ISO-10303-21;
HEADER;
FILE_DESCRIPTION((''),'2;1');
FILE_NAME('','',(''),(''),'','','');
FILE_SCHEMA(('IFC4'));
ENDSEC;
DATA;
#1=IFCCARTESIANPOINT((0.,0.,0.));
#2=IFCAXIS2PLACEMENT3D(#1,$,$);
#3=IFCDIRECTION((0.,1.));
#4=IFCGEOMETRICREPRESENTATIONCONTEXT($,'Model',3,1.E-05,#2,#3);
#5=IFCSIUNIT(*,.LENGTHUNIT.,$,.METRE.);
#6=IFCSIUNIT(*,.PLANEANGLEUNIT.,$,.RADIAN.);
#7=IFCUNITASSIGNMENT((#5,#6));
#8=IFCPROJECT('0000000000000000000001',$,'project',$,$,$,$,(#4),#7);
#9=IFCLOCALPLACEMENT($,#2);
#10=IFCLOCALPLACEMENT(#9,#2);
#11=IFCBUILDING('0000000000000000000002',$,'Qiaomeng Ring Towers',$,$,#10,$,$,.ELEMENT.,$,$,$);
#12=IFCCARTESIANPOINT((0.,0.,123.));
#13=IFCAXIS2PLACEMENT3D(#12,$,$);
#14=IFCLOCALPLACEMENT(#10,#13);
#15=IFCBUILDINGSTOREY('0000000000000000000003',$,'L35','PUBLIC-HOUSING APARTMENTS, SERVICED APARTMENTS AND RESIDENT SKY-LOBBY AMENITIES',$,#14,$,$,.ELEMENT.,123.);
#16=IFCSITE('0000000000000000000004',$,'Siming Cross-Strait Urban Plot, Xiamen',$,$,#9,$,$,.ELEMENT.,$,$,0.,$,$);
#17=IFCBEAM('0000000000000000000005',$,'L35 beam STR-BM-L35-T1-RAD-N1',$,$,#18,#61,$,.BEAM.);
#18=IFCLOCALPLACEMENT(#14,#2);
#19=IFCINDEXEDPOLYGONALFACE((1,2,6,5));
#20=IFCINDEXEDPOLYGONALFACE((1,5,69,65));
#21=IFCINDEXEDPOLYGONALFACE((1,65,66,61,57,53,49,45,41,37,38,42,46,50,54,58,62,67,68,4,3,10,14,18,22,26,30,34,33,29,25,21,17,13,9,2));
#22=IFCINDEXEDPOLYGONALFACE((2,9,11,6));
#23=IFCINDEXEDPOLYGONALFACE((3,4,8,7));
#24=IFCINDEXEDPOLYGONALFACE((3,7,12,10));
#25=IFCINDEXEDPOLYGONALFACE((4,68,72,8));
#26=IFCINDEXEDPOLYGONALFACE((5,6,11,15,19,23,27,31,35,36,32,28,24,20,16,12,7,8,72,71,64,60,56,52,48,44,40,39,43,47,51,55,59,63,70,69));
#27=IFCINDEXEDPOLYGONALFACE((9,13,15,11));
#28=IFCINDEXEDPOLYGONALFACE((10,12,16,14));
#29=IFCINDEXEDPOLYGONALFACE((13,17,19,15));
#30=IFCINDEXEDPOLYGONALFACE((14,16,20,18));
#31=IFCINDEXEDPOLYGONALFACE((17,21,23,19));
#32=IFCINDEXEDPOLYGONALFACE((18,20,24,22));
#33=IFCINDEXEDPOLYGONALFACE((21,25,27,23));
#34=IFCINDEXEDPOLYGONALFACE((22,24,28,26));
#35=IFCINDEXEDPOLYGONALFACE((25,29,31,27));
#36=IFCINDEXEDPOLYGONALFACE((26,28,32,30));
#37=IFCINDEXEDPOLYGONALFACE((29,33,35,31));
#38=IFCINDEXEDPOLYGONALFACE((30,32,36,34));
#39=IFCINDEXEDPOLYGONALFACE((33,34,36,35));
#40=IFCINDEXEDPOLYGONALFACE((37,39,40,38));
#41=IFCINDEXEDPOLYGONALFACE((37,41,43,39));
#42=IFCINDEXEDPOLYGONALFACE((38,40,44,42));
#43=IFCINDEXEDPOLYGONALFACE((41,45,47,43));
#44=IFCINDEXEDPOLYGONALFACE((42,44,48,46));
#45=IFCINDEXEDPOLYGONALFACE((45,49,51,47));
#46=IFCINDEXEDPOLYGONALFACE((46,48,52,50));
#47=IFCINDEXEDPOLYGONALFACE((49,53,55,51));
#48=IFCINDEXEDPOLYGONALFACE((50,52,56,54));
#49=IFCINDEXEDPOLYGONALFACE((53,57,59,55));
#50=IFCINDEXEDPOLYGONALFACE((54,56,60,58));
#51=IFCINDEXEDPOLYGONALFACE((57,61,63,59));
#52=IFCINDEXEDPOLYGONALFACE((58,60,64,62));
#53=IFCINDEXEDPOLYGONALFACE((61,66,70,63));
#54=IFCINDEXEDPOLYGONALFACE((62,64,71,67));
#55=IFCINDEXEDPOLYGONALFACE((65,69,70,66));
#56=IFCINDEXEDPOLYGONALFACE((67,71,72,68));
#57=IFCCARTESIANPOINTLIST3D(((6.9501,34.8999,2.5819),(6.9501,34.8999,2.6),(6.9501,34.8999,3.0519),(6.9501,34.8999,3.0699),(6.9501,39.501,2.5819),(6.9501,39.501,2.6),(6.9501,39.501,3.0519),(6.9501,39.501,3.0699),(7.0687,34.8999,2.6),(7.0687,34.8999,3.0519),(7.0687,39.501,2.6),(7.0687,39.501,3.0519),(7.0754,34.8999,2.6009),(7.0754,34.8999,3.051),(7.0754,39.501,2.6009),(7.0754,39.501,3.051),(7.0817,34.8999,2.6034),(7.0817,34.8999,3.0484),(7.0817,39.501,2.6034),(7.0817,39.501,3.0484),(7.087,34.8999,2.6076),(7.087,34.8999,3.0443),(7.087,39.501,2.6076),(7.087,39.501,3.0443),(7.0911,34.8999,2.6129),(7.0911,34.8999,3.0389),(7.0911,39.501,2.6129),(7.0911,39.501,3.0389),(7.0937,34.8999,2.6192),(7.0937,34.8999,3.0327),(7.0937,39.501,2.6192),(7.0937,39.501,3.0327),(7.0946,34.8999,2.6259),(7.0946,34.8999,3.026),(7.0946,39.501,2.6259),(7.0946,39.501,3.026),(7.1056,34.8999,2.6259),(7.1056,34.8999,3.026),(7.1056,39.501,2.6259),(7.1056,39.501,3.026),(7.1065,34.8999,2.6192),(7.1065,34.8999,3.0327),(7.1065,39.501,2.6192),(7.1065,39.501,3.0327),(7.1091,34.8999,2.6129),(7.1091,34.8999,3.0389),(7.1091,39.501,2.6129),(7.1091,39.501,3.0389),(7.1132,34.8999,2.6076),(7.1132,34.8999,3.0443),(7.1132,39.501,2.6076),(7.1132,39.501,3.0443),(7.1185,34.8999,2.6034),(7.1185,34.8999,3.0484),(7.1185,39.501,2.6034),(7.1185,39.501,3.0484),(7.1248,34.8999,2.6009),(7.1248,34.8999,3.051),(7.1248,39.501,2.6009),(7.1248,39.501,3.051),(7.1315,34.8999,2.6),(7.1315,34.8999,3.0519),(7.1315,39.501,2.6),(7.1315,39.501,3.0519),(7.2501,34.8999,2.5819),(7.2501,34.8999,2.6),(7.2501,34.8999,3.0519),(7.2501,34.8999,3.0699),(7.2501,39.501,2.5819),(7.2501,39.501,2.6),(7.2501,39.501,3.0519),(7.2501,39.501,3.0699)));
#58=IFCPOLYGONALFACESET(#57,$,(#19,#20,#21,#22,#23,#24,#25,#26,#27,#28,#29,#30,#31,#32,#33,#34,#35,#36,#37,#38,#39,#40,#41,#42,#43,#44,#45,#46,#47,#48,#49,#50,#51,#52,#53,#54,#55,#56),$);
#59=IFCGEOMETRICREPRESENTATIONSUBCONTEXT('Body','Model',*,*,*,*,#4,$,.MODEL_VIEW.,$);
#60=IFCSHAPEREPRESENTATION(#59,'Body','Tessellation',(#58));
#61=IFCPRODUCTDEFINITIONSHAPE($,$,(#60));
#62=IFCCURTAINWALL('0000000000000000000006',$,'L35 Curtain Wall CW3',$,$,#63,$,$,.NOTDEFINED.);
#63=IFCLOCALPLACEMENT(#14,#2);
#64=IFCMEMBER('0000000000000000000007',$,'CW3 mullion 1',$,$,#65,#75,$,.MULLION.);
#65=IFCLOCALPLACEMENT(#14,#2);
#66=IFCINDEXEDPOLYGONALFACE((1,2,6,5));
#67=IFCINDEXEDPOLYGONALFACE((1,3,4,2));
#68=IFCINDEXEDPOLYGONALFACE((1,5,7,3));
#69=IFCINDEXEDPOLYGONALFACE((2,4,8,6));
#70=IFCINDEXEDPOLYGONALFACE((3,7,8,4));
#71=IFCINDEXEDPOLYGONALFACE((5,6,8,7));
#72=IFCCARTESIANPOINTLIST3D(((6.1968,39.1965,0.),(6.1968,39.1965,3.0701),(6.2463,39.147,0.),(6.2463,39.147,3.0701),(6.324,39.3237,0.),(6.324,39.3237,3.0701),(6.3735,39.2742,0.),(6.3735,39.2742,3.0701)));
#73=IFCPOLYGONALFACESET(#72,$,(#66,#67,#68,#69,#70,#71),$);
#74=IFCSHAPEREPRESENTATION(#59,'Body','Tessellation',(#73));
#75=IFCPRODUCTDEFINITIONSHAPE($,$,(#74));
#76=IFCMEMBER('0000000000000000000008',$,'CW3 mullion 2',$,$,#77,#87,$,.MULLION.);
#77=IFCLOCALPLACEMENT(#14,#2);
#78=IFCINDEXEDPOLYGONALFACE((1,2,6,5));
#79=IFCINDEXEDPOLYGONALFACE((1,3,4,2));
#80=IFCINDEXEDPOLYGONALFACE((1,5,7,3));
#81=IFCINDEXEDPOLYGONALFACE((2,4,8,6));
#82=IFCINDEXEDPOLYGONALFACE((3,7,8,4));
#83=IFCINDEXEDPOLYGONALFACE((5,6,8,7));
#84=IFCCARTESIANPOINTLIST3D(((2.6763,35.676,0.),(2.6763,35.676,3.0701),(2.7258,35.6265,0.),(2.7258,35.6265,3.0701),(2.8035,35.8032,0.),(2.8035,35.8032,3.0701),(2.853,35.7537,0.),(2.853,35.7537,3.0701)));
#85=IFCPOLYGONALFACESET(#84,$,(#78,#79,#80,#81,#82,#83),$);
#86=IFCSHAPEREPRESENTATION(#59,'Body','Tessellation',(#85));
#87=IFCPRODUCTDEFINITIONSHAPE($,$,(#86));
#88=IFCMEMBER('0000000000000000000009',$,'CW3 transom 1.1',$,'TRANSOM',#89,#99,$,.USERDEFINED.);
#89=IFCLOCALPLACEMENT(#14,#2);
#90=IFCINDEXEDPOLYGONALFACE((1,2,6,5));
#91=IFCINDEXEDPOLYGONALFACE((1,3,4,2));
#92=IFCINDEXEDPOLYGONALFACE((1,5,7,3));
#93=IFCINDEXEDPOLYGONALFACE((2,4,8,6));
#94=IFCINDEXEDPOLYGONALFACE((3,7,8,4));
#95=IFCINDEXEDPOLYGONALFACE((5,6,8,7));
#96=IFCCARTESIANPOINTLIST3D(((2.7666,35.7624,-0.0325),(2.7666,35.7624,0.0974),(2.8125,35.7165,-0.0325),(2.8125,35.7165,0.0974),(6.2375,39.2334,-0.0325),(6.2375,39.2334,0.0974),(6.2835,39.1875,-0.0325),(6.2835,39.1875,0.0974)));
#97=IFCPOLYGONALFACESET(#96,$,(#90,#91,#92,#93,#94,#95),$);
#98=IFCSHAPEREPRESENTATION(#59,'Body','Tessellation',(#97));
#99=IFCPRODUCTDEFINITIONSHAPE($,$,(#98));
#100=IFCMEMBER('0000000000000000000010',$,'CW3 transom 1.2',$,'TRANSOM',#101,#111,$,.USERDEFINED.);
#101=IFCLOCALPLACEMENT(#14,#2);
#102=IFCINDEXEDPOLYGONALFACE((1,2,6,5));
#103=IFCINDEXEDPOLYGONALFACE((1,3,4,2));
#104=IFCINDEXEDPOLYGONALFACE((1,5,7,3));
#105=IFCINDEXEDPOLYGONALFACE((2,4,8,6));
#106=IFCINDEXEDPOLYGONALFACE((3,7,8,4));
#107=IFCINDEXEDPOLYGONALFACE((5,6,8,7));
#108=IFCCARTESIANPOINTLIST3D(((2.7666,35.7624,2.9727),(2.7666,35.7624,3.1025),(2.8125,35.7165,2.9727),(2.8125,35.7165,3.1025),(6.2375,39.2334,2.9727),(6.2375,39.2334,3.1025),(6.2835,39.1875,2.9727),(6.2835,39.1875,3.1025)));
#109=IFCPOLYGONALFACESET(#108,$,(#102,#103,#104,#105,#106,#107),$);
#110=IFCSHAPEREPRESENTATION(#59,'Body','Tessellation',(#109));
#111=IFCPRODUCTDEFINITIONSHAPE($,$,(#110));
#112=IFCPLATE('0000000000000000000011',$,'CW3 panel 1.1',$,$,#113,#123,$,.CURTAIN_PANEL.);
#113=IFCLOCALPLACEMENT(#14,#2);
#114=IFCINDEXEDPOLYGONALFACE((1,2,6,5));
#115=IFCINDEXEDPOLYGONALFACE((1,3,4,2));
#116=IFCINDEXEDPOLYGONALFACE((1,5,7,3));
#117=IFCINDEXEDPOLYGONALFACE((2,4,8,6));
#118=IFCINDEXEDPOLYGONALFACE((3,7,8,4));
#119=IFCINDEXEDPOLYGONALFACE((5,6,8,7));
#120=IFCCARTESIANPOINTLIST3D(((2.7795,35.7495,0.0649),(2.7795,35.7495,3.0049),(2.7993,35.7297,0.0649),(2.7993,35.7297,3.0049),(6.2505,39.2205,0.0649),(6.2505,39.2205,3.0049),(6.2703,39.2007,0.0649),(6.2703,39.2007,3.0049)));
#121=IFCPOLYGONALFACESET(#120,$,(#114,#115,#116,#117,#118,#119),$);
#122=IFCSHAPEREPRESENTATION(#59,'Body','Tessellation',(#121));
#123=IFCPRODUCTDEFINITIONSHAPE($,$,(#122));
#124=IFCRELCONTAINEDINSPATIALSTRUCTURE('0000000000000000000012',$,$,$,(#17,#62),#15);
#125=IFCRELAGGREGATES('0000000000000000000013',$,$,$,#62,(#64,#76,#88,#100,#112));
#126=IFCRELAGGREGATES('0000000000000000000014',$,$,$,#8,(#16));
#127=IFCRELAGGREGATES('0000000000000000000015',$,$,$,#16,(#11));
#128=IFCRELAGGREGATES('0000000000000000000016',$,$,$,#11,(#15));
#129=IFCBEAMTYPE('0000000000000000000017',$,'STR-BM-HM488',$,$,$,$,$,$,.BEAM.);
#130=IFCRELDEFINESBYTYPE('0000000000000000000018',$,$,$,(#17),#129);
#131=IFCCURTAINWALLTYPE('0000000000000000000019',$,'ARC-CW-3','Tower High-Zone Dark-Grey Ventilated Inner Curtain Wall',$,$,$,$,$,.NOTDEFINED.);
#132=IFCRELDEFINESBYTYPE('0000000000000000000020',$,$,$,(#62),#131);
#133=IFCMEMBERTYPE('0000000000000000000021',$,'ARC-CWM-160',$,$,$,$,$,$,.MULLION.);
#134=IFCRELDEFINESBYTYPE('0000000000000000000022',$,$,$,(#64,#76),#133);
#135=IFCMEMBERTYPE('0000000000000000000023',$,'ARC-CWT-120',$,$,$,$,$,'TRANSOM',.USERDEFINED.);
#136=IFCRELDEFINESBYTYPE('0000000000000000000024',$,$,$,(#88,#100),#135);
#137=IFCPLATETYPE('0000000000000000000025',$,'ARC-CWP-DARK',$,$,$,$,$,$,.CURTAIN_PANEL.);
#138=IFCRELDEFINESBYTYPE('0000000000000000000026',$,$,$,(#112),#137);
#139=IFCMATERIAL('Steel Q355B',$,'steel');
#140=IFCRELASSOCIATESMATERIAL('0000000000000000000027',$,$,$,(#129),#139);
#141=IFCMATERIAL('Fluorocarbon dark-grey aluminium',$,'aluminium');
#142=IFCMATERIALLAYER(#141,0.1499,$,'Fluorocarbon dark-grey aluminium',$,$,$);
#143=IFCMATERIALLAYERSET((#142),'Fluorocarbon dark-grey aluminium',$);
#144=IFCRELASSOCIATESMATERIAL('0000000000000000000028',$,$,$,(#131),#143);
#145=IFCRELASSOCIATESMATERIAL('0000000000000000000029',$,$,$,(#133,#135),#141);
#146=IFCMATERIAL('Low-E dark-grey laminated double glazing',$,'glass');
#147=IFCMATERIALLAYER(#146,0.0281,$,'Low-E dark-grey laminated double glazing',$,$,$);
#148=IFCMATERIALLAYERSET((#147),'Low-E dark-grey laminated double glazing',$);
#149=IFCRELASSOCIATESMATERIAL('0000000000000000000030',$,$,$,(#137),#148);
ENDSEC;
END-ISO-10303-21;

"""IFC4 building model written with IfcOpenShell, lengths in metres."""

from ifc_helpers import new_model, si_unit, direction, frame, origin, origin_2d, place, context, subcontext, project, spatial, rectangle, i_section, extrude, source, transform, mapped, material, layer, layer_set, material_profile, profile_set, type_object, element, aggregate, save


model = new_model("IFC4")

# Units and contexts
model_context = context("Model", 3, precision=1e-05, world=origin(), true_north=direction((0.0, 1.0)))
body_context = subcontext(model_context, "Body", "Model", "MODEL_VIEW")
ifc_project = project(units=[si_unit("LENGTHUNIT", "METRE"), si_unit("PLANEANGLEUNIT", "RADIAN")], contexts=[model_context])

# Site, building, storey
site_placement = place(None, origin())
site = spatial("IfcSite", under=ifc_project, at=site_placement, Name="Siming Cross-Strait Urban Plot, Xiamen", CompositionType="ELEMENT", RefElevation=0.0)
building_placement = place(site_placement, origin())
building = spatial("IfcBuilding", under=site, at=building_placement, Name="Qiaomeng Ring Towers", CompositionType="ELEMENT")
storey_placement = place(building_placement, frame((0.0, 0.0, 123.0)))
storey = spatial("IfcBuildingStorey", under=building, at=storey_placement, Name="L35", Description="PUBLIC-HOUSING APARTMENTS, SERVICED APARTMENTS AND RESIDENT SKY-LOBBY AMENITIES", CompositionType="ELEMENT", Elevation=123.0)

# Beam
ifc_material_1 = material(Name="Steel Q355B", Category="steel")
ifc_material_profile_1 = material_profile(ifc_material_1, i_section(OverallWidth=0.3, OverallDepth=0.488, WebThickness=0.011, FlangeThickness=0.0181, FilletRadius=0.0259, at=origin_2d()), Name="HM 488x300x11x18")
ifc_profile_set_1 = profile_set([ifc_material_profile_1], Name="Steel Q355B")
beam_type_1 = type_object("IfcBeamType", Name="STR-BM-HM488", PredefinedType="BEAM", material=ifc_profile_set_1)
shared_shape_1 = source(origin(), body_context, "Body", "SweptSolid", [
    extrude(i_section(OverallWidth=0.3, OverallDepth=0.488, WebThickness=0.011, FlangeThickness=0.0181, FilletRadius=0.0259, at=origin_2d()), origin(), (0.0, 0.0, 1.0), 4.6011),
])
beam_1_placement = place(storey_placement, frame((7.1001, 39.501, 2.8259), z_axis=(0.0, -1.0, 0.0), x_axis=(1.0, 0.0, 0.0)))
element("IfcBeam", 1, at=beam_1_placement, inside=storey, type_object=beam_type_1, Name="L35 beam STR-BM-L35-T1-RAD-N1", PredefinedType="BEAM", context=body_context, shape_type="MappedRepresentation", body=[
    mapped(shared_shape_1, transform((0.0, 0.0, 0.0), x_axis=(1.0, 0.0, 0.0), y_axis=(0.0, 1.0, 0.0), z_axis=(0.0, 0.0, 1.0), scale=1.0)),
])

# Curtain wall, members, plate
ifc_material_2 = material(Name="Fluorocarbon dark-grey aluminium", Category="aluminium")
ifc_layer_1 = layer(ifc_material_2, 0.1499, Name="Fluorocarbon dark-grey aluminium")
ifc_layer_set_1 = layer_set([ifc_layer_1], Name="Fluorocarbon dark-grey aluminium")
curtain_wall_type = type_object("IfcCurtainWallType", Name="ARC-CW-3", Description="Tower High-Zone Dark-Grey Ventilated Inner Curtain Wall", PredefinedType="NOTDEFINED", material=ifc_layer_set_1)
curtain_wall_placement = place(storey_placement, origin())
curtain_wall = element("IfcCurtainWall", 2, at=curtain_wall_placement, inside=storey, type_object=curtain_wall_type, Name="L35 Curtain Wall CW3", PredefinedType="NOTDEFINED")
ifc_material_profile_2 = material_profile(ifc_material_2, rectangle(XDim=0.0701, YDim=0.1799, at=origin_2d()), Name="ALU MULL 70x180")
ifc_profile_set_2 = profile_set([ifc_material_profile_2], Name="Fluorocarbon dark-grey aluminium")
member_type_1 = type_object("IfcMemberType", Name="ARC-CWM-160", PredefinedType="MULLION", material=ifc_profile_set_2)
shared_shape_2 = source(origin(), body_context, "Body", "SweptSolid", [
    extrude(rectangle(XDim=0.0701, YDim=0.1799, at=origin_2d()), origin(), (0.0, 0.0, 1.0), 3.0701),
])
member_1_placement = place(storey_placement, frame((6.2852, 39.2354, 0.0), z_axis=(0.0, 0.0, 1.0), x_axis=(0.707107, -0.707107, 0.0)))
member_1 = element("IfcMember", 3, at=member_1_placement, type_object=member_type_1, Name="CW3 mullion 1", PredefinedType="MULLION", context=body_context, shape_type="MappedRepresentation", body=[
    mapped(shared_shape_2, transform((0.0, 0.0, 0.0), x_axis=(1.0, 0.0, 0.0), y_axis=(0.0, 1.0, 0.0), z_axis=(0.0, 0.0, 1.0), scale=1.0)),
])
member_2_placement = place(storey_placement, frame((2.7646, 35.7148, 0.0), z_axis=(0.0, 0.0, 1.0), x_axis=(0.707107, -0.707107, 0.0)))
member_2 = element("IfcMember", 4, at=member_2_placement, type_object=member_type_1, Name="CW3 mullion 2", PredefinedType="MULLION", context=body_context, shape_type="MappedRepresentation", body=[
    mapped(shared_shape_2, transform((0.0, 0.0, 0.0), x_axis=(1.0, 0.0, 0.0), y_axis=(0.0, 1.0, 0.0), z_axis=(0.0, 0.0, 1.0), scale=1.0)),
])
ifc_material_profile_3 = material_profile(ifc_material_2, rectangle(XDim=0.0649, YDim=0.1299, at=origin_2d()), Name="ALU TRAN 65x130")
ifc_profile_set_3 = profile_set([ifc_material_profile_3], Name="Fluorocarbon dark-grey aluminium")
member_type_2 = type_object("IfcMemberType", Name="ARC-CWT-120", ElementType="TRANSOM", PredefinedType="USERDEFINED", material=ifc_profile_set_3)
shared_shape_3 = source(origin(), body_context, "Body", "SweptSolid", [
    extrude(rectangle(XDim=0.0649, YDim=0.1299, at=origin_2d()), origin(), (0.0, 0.0, 1.0), 4.9087),
])
member_3_placement = place(storey_placement, frame((6.2605, 39.2104, 0.0325), z_axis=(-0.707107, -0.707107, 0.0), x_axis=(0.707107, -0.707107, 0.0)))
member_3 = element("IfcMember", 5, at=member_3_placement, type_object=member_type_2, Name="CW3 transom 1.1", ObjectType="TRANSOM", PredefinedType="USERDEFINED", context=body_context, shape_type="MappedRepresentation", body=[
    mapped(shared_shape_3, transform((0.0, 0.0, 0.0), x_axis=(1.0, 0.0, 0.0), y_axis=(0.0, 1.0, 0.0), z_axis=(0.0, 0.0, 1.0), scale=1.0)),
])
member_4_placement = place(storey_placement, frame((6.2605, 39.2104, 3.0376), z_axis=(-0.707107, -0.707107, 0.0), x_axis=(0.707107, -0.707107, 0.0)))
member_4 = element("IfcMember", 6, at=member_4_placement, type_object=member_type_2, Name="CW3 transom 1.2", ObjectType="TRANSOM", PredefinedType="USERDEFINED", context=body_context, shape_type="MappedRepresentation", body=[
    mapped(shared_shape_3, transform((0.0, 0.0, 0.0), x_axis=(1.0, 0.0, 0.0), y_axis=(0.0, 1.0, 0.0), z_axis=(0.0, 0.0, 1.0), scale=1.0)),
])
ifc_material_3 = material(Name="Low-E dark-grey laminated double glazing", Category="glass")
ifc_layer_2 = layer(ifc_material_3, 0.0281, Name="Low-E dark-grey laminated double glazing")
ifc_layer_set_2 = layer_set([ifc_layer_2], Name="Low-E dark-grey laminated double glazing")
plate_type = type_object("IfcPlateType", Name="ARC-CWP-DARK", PredefinedType="CURTAIN_PANEL", material=ifc_layer_set_2)
shared_shape_4 = source(origin(), body_context, "Body", "SweptSolid", [
    extrude(rectangle(XDim=4.9087, YDim=0.0281, at=origin_2d()), origin(), (0.0, 0.0, 1.0), 2.9399),
])
plate_placement = place(storey_placement, frame((4.5249, 37.4751, 0.0649), z_axis=(0.0, 0.0, 1.0), x_axis=(-0.707107, -0.707107, 0.0)))
plate = element("IfcPlate", 7, at=plate_placement, type_object=plate_type, Name="CW3 panel 1.1", PredefinedType="CURTAIN_PANEL", context=body_context, shape_type="MappedRepresentation", body=[
    mapped(shared_shape_4, transform((0.0, 0.0, 0.0), x_axis=(1.0, 0.0, 0.0), y_axis=(0.0, 1.0, 0.0), z_axis=(0.0, 0.0, 1.0), scale=1.0)),
])
aggregate(curtain_wall, [member_1, member_2, member_3, member_4, plate])

save(model, "model.ifc")
